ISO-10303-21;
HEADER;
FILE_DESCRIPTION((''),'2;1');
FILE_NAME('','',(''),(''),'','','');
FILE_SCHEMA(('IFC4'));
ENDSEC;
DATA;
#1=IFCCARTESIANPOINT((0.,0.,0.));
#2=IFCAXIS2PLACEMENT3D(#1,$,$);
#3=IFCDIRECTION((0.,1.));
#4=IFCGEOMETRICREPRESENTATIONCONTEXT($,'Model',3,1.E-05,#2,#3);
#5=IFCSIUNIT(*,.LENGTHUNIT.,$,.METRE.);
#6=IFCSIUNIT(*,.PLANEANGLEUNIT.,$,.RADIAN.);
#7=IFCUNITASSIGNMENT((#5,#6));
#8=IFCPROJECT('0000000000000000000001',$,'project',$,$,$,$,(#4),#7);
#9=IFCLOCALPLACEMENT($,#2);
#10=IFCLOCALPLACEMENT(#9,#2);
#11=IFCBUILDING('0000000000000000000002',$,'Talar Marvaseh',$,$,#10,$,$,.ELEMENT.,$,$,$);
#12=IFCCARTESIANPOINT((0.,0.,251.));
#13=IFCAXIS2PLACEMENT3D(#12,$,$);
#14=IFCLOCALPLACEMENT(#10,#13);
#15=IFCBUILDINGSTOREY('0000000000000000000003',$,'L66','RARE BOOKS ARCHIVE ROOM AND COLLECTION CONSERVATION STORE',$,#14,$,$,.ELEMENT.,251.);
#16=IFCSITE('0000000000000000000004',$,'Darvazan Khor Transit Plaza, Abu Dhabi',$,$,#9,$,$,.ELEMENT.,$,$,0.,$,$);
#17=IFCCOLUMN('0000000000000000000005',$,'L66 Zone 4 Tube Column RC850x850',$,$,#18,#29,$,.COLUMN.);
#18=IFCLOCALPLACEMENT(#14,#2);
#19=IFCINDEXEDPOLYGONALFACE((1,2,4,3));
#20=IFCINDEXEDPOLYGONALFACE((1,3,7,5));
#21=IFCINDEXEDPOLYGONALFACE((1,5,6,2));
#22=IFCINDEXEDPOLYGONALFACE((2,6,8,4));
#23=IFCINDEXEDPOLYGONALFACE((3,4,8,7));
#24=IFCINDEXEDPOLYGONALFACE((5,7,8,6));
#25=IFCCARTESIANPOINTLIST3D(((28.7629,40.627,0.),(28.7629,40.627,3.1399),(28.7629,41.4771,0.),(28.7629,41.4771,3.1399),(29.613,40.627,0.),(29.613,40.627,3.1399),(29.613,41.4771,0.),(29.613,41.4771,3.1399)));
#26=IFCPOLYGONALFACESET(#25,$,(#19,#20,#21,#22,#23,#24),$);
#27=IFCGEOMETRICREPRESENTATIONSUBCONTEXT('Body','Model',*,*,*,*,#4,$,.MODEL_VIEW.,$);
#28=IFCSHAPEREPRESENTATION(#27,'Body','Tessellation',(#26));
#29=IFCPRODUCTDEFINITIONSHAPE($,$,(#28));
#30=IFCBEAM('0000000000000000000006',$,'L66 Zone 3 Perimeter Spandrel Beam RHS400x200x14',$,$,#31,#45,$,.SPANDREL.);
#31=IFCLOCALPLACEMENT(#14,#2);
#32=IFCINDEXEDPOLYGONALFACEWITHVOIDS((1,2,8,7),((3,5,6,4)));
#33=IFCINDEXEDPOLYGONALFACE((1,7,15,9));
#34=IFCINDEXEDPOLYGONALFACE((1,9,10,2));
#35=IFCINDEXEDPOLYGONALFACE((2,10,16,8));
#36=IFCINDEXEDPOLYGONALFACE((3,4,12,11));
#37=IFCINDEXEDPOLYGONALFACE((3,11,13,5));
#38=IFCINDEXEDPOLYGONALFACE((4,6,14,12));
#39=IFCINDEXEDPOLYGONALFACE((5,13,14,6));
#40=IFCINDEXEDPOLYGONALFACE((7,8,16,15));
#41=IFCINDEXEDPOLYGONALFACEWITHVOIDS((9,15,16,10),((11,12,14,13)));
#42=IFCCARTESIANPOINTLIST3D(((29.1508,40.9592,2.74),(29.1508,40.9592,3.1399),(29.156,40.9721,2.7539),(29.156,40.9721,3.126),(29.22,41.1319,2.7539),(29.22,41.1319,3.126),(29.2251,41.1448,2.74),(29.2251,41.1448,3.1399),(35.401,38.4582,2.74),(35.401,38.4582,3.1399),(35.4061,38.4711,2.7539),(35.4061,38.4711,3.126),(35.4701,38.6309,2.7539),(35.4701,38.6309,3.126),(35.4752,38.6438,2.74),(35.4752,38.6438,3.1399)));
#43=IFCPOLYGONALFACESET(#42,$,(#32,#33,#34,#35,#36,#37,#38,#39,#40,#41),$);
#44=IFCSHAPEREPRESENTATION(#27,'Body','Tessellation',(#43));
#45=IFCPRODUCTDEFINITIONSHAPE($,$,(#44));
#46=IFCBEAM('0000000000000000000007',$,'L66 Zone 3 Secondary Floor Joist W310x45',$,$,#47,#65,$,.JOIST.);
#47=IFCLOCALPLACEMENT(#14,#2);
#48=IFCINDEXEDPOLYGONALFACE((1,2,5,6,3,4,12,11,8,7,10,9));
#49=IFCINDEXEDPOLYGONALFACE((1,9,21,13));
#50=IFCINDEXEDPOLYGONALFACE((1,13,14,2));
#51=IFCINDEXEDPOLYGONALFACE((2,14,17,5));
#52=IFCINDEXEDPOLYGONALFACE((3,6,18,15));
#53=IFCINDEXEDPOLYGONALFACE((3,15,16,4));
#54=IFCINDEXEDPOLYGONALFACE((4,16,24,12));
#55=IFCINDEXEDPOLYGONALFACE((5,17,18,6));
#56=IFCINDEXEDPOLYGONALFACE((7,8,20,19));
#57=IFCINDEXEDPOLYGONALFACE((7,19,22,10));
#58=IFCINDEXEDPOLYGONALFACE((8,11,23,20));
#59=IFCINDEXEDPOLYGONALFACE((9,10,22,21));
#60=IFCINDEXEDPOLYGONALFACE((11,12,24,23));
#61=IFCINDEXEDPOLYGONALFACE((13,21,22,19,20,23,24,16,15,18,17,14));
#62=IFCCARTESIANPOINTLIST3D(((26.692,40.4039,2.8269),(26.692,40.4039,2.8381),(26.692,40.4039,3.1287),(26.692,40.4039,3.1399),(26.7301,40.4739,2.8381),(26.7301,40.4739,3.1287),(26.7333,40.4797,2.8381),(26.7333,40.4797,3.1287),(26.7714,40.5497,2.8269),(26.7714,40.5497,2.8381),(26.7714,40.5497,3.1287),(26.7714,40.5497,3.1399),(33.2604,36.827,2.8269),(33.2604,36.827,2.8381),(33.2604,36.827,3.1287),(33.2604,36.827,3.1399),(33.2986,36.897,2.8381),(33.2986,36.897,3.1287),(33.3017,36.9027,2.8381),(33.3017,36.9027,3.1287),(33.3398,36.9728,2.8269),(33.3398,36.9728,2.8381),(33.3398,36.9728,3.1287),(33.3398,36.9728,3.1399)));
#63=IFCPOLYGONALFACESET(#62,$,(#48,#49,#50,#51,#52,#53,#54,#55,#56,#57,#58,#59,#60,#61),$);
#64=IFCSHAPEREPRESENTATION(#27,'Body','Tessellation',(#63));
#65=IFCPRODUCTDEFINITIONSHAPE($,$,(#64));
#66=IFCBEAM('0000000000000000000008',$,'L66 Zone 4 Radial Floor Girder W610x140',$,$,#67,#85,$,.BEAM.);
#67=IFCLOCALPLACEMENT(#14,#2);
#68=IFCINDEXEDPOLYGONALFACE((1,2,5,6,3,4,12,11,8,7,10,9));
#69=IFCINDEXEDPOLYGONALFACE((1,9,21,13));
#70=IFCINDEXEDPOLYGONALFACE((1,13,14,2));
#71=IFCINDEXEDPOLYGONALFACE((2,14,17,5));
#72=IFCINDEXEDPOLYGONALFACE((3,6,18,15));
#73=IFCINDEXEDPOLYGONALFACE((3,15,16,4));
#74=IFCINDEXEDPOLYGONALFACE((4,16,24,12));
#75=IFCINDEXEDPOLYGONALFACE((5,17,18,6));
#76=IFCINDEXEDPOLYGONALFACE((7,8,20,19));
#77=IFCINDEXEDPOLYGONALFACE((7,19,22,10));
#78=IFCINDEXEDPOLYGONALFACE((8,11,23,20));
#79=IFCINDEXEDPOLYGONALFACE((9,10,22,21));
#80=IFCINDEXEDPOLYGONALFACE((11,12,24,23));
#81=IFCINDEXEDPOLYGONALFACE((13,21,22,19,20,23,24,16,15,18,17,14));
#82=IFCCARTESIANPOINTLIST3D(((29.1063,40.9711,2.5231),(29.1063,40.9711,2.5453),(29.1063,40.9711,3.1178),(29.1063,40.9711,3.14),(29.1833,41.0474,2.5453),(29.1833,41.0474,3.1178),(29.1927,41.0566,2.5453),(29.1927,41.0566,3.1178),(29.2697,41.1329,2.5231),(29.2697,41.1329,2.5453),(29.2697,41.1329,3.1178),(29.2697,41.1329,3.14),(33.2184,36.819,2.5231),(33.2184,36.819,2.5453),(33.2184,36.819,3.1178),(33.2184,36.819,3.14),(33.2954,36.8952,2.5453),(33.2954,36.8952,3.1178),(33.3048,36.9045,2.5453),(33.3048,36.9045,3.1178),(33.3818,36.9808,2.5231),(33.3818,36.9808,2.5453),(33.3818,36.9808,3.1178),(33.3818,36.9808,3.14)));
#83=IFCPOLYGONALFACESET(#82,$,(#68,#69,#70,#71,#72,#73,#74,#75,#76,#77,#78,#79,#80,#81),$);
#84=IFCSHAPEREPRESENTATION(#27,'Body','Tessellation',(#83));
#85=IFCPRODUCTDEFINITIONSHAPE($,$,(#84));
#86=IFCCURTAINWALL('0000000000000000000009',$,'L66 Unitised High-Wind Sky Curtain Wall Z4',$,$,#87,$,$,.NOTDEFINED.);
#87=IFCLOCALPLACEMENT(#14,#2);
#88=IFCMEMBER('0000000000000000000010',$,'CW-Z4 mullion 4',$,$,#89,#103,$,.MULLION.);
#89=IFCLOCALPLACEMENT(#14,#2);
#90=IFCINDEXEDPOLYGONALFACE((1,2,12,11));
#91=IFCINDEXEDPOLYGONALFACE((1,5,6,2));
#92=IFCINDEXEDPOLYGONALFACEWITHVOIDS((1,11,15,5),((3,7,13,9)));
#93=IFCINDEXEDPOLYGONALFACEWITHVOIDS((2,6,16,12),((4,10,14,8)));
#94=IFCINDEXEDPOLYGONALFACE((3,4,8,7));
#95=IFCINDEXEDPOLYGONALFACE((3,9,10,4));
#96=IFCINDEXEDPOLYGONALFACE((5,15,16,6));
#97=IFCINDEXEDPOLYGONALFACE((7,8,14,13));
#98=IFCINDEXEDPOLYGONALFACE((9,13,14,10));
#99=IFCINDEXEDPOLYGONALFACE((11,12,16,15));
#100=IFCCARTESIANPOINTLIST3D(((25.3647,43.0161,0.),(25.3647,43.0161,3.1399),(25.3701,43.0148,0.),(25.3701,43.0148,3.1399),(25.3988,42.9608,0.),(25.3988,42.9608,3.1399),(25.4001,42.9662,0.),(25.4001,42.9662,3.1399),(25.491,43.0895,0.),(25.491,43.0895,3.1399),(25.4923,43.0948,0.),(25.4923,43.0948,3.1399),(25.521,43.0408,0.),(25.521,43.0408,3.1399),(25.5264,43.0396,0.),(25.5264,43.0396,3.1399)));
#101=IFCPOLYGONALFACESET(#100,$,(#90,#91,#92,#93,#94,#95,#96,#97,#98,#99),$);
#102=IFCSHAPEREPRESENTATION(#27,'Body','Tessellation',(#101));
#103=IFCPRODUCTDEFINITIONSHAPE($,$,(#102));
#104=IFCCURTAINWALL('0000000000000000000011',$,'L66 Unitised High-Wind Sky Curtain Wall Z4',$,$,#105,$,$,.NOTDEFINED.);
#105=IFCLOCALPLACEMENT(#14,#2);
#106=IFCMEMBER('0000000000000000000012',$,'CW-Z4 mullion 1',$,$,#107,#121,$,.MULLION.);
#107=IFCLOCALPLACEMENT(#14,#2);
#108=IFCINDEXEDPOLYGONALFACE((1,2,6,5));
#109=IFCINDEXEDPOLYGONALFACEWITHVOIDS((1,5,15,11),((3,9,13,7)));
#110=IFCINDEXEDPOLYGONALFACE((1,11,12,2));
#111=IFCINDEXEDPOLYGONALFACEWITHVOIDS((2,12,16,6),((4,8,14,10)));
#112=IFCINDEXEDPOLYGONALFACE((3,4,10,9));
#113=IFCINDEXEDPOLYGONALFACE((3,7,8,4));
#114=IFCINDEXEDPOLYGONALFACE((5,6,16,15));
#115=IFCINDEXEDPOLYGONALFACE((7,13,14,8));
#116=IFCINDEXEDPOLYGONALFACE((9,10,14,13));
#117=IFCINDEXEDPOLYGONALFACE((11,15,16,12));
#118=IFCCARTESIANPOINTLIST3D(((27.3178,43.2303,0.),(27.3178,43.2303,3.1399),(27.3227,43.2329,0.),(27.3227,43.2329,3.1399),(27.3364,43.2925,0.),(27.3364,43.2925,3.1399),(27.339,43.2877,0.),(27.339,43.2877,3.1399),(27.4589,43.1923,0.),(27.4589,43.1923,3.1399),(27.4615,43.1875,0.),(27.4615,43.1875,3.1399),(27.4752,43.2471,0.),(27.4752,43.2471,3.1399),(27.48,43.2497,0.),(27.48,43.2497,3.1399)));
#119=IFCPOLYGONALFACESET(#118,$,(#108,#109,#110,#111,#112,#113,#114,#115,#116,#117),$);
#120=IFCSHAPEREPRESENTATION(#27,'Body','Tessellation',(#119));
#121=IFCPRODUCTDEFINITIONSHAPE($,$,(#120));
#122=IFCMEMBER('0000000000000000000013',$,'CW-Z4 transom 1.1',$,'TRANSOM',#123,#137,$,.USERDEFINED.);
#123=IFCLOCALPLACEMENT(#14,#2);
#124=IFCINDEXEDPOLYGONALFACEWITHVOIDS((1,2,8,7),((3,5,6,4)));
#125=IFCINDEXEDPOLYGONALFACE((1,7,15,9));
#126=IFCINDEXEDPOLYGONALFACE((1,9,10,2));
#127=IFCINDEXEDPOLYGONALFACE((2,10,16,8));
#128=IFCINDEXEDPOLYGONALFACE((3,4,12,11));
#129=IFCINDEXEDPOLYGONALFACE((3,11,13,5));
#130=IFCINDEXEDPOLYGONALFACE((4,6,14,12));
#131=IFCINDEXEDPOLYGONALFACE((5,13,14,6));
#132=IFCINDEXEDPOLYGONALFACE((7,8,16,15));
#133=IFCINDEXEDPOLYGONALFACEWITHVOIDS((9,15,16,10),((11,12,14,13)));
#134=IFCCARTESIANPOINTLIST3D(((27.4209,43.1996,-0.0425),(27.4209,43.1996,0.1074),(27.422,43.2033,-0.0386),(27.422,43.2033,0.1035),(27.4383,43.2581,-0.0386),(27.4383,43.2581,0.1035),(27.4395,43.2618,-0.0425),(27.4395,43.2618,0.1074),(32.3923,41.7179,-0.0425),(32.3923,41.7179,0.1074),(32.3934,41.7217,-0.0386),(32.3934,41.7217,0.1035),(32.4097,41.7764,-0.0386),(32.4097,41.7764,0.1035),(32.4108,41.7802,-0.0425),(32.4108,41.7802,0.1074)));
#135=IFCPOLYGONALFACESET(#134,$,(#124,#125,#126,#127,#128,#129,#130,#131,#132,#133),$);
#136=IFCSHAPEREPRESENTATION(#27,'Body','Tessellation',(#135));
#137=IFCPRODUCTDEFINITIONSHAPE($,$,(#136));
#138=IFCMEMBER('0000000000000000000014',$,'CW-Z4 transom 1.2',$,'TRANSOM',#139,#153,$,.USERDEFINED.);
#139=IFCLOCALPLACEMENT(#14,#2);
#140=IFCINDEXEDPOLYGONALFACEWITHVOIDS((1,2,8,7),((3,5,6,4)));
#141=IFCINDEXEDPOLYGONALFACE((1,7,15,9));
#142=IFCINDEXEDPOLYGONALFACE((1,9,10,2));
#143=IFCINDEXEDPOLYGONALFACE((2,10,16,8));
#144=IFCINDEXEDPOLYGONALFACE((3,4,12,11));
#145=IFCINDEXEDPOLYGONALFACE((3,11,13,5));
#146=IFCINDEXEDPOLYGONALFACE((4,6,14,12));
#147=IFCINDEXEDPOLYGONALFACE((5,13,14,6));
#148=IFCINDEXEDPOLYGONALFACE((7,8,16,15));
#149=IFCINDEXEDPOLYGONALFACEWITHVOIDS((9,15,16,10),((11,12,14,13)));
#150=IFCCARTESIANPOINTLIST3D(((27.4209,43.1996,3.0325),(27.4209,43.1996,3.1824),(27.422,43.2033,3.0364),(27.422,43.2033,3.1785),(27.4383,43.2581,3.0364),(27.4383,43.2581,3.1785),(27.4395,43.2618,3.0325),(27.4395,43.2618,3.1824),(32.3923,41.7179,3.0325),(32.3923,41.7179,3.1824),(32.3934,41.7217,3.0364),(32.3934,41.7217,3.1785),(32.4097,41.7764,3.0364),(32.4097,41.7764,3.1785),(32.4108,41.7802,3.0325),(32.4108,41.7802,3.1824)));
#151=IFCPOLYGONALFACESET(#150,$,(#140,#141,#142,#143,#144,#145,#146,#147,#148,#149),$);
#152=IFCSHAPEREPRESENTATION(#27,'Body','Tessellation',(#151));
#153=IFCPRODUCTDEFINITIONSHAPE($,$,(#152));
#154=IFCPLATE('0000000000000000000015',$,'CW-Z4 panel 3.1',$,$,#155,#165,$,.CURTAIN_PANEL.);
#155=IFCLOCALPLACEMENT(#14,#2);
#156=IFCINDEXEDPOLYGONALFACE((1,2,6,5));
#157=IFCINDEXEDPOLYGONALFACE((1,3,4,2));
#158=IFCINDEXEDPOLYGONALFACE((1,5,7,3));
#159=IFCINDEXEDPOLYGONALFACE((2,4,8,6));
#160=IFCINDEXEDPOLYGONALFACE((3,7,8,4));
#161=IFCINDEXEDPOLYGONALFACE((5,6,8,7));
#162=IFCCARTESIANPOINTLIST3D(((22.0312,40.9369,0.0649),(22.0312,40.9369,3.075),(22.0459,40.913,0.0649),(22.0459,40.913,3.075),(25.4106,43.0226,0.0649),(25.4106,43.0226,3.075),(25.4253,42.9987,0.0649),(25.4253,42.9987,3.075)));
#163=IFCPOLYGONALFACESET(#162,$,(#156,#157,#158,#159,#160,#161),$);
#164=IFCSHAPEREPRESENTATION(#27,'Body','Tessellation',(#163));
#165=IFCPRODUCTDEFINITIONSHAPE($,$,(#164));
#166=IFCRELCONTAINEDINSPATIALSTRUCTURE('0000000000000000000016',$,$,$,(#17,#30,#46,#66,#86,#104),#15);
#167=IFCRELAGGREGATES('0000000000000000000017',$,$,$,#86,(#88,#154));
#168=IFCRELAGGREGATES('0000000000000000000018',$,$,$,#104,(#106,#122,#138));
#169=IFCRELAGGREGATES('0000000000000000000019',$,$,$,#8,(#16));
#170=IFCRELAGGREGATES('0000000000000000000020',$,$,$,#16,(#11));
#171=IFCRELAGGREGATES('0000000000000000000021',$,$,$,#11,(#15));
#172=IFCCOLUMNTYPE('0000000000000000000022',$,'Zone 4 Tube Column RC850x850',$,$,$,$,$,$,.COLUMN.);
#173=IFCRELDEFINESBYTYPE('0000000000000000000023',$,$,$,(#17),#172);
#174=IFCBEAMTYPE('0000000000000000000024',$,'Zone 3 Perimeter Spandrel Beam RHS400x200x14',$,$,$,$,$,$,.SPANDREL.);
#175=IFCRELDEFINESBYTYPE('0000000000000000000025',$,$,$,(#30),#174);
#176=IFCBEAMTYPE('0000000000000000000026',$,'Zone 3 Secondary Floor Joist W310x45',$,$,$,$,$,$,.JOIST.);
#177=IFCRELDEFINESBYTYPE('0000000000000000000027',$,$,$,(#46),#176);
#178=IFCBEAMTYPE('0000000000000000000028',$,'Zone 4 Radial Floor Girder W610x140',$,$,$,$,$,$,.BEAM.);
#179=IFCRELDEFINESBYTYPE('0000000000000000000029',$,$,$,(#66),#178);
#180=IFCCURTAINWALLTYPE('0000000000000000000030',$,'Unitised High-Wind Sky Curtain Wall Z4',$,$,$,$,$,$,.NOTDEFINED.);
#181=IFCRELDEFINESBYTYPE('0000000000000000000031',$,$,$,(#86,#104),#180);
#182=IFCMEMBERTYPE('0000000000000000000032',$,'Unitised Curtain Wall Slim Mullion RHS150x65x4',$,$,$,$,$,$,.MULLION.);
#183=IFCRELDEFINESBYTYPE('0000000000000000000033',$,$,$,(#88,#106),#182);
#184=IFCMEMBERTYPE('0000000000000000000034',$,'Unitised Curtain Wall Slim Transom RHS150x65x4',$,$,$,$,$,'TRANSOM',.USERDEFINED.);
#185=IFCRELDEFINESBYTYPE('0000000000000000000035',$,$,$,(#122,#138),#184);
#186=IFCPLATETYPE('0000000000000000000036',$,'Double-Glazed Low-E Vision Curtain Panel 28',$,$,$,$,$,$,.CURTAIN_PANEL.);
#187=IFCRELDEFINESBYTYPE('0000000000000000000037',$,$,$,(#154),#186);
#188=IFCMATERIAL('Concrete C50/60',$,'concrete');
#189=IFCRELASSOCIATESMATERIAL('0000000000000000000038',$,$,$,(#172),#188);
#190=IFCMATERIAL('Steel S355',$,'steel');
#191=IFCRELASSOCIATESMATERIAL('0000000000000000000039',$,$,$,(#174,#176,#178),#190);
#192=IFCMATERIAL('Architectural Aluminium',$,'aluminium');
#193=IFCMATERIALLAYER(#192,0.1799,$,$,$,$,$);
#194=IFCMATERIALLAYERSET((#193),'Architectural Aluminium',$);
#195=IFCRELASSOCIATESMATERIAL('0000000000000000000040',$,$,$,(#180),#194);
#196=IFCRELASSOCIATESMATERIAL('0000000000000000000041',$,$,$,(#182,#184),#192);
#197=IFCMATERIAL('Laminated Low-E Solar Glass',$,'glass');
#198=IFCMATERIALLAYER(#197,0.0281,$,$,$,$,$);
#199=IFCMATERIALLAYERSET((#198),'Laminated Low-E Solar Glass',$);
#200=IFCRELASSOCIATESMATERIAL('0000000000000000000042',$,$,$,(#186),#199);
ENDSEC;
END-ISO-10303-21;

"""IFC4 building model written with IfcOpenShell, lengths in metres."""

from ifc_helpers import new_model, si_unit, direction, frame, origin, origin_2d, place, context, subcontext, project, spatial, rectangle, hollow_rectangle, i_section, extrude, source, transform, mapped, material, layer, layer_set, material_profile, profile_set, type_object, type_shapes, element, aggregate, save


model = new_model("IFC4")

# Units and contexts
model_context = context("Model", 3, precision=1e-05, world=origin(), true_north=direction((0.0, 1.0)))
body_context = subcontext(model_context, "Body", "Model", "MODEL_VIEW")
ifc_project = project(units=[si_unit("LENGTHUNIT", "METRE"), si_unit("PLANEANGLEUNIT", "RADIAN")], contexts=[model_context])

# Site, building, storey
site_placement = place(None, origin())
site = spatial("IfcSite", under=ifc_project, at=site_placement, Name="Darvazan Khor Transit Plaza, Abu Dhabi", CompositionType="ELEMENT", RefElevation=0.0)
building_placement = place(site_placement, origin())
building = spatial("IfcBuilding", under=site, at=building_placement, Name="Talar Marvaseh", CompositionType="ELEMENT")
storey_placement = place(building_placement, frame((0.0, 0.0, 251.0)))
storey = spatial("IfcBuildingStorey", under=building, at=storey_placement, Name="L66", Description="RARE BOOKS ARCHIVE ROOM AND COLLECTION CONSERVATION STORE", CompositionType="ELEMENT", Elevation=251.0)

# Column
ifc_material_1 = material(Name="Concrete C50/60", Category="concrete")
ifc_material_profile_1 = material_profile(ifc_material_1, rectangle(XDim=0.8501, YDim=0.8501, at=origin_2d()), Name="RC850x850")
ifc_profile_set_1 = profile_set([ifc_material_profile_1], Name="Concrete C50/60")
column_type = type_object("IfcColumnType", Name="Zone 4 Tube Column RC850x850", PredefinedType="COLUMN", material=ifc_profile_set_1)
column_placement = place(storey_placement, frame((29.188, 41.052, 0.0), z_axis=(0.0, 0.0, 1.0), x_axis=(1.0, 0.0, 0.0)))
element("IfcColumn", 1, at=column_placement, inside=storey, type_object=column_type, Name="L66 Zone 4 Tube Column RC850x850", PredefinedType="COLUMN", context=body_context, shape_type="SweptSolid", body=[
    extrude(rectangle(XDim=0.8501, YDim=0.8501, at=origin_2d()), origin(), (0.0, 0.0, 1.0), 3.1399),
])

# Beams
ifc_material_2 = material(Name="Steel S355", Category="steel")
ifc_material_profile_2 = material_profile(ifc_material_2, hollow_rectangle(XDim=0.2, YDim=0.3999, WallThickness=0.0139, at=origin_2d()), Name="RHS400x200x14")
ifc_profile_set_2 = profile_set([ifc_material_profile_2], Name="Steel S355")
beam_type_1 = type_object("IfcBeamType", Name="Zone 3 Perimeter Spandrel Beam RHS400x200x14", PredefinedType="SPANDREL", material=ifc_profile_set_2)
beam_1_placement = place(storey_placement, frame((29.188, 41.052, 2.9399), z_axis=(0.928427, -0.371516, 0.0), x_axis=(0.371516, 0.928427, 0.0)))
element("IfcBeam", 2, at=beam_1_placement, inside=storey, type_object=beam_type_1, Name="L66 Zone 3 Perimeter Spandrel Beam RHS400x200x14", PredefinedType="SPANDREL", context=body_context, shape_type="SweptSolid", body=[
    extrude(hollow_rectangle(XDim=0.2, YDim=0.3999, WallThickness=0.0139, at=origin_2d()), origin(), (0.0, 0.0, 1.0), 6.7319),
])
ifc_material_profile_3 = material_profile(ifc_material_2, i_section(OverallWidth=0.166, OverallDepth=0.313, WebThickness=0.0066, FlangeThickness=0.0112, at=origin_2d()), Name="W310x45")
ifc_profile_set_3 = profile_set([ifc_material_profile_3], Name="Steel S355")
beam_type_2 = type_object("IfcBeamType", Name="Zone 3 Secondary Floor Joist W310x45", PredefinedType="JOIST", material=ifc_profile_set_3)
beam_2_placement = place(storey_placement, frame((26.7317, 40.4768, 2.9834), z_axis=(0.878223, -0.478251, 0.0), x_axis=(0.478251, 0.878223, 0.0)))
element("IfcBeam", 3, at=beam_2_placement, inside=storey, type_object=beam_type_2, Name="L66 Zone 3 Secondary Floor Joist W310x45", PredefinedType="JOIST", context=body_context, shape_type="SweptSolid", body=[
    extrude(i_section(OverallWidth=0.166, OverallDepth=0.313, WebThickness=0.0066, FlangeThickness=0.0112, at=origin_2d()), origin(), (0.0, 0.0, 1.0), 7.4792),
])
ifc_material_profile_4 = material_profile(ifc_material_2, i_section(OverallWidth=0.23, OverallDepth=0.6169, WebThickness=0.0132, FlangeThickness=0.0222, at=origin_2d()), Name="W610x140")
ifc_profile_set_4 = profile_set([ifc_material_profile_4], Name="Steel S355")
beam_type_3 = type_object("IfcBeamType", Name="Zone 4 Radial Floor Girder W610x140", PredefinedType="BEAM", material=ifc_profile_set_4)
beam_3_placement = place(storey_placement, frame((29.188, 41.052, 2.8315), z_axis=(0.703673, -0.710524, 0.0), x_axis=(0.710524, 0.703673, 0.0)))
element("IfcBeam", 4, at=beam_3_placement, inside=storey, type_object=beam_type_3, Name="L66 Zone 4 Radial Floor Girder W610x140", PredefinedType="BEAM", context=body_context, shape_type="SweptSolid", body=[
    extrude(i_section(OverallWidth=0.23, OverallDepth=0.6169, WebThickness=0.0132, FlangeThickness=0.0222, at=origin_2d()), origin(), (0.0, 0.0, 1.0), 5.8438),
])

# Curtain wall, member
ifc_material_3 = material(Name="Architectural Aluminium", Category="aluminium")
ifc_layer_1 = layer(ifc_material_3, 0.1799)
ifc_layer_set_1 = layer_set([ifc_layer_1], Name="Architectural Aluminium")
curtain_wall_type = type_object("IfcCurtainWallType", Name="Unitised High-Wind Sky Curtain Wall Z4", PredefinedType="NOTDEFINED", material=ifc_layer_set_1)
curtain_wall_1_placement = place(storey_placement, origin())
curtain_wall_1 = element("IfcCurtainWall", 5, at=curtain_wall_1_placement, inside=storey, type_object=curtain_wall_type, Name="L66 Unitised High-Wind Sky Curtain Wall Z4", PredefinedType="NOTDEFINED")
ifc_material_profile_5 = material_profile(ifc_material_3, hollow_rectangle(XDim=0.0649, YDim=0.1499, WallThickness=0.0039, at=origin_2d()), Name="RHS150x65x4")
ifc_profile_set_5 = profile_set([ifc_material_profile_5], Name="Architectural Aluminium")
member_type_1 = type_object("IfcMemberType", Name="Unitised Curtain Wall Slim Mullion RHS150x65x4", PredefinedType="MULLION", material=ifc_profile_set_5)
shared_shape_1 = source(origin(), body_context, "Body", "SweptSolid", [
    extrude(hollow_rectangle(XDim=0.0649, YDim=0.1499, WallThickness=0.0039, at=origin_2d()), origin(), (0.0, 0.0, 1.0), 3.1399),
])
type_shapes(member_type_1, [shared_shape_1])
member_1_placement = place(storey_placement, frame((25.4456, 43.0278, 0.0), z_axis=(0.0, 0.0, 1.0), x_axis=(-0.525202, 0.850977, 0.0)))
member_1 = element("IfcMember", 6, at=member_1_placement, type_object=member_type_1, Name="CW-Z4 mullion 4", PredefinedType="MULLION", context=body_context, shape_type="MappedRepresentation", body=[
    mapped(shared_shape_1, transform((0.0, 0.0, 0.0), x_axis=(1.0, 0.0, 0.0), y_axis=(0.0, 1.0, 0.0), z_axis=(0.0, 0.0, 1.0), scale=1.0)),
])

# Curtain wall, members
curtain_wall_2_placement = place(storey_placement, origin())
curtain_wall_2 = element("IfcCurtainWall", 7, at=curtain_wall_2_placement, inside=storey, type_object=curtain_wall_type, Name="L66 Unitised High-Wind Sky Curtain Wall Z4", PredefinedType="NOTDEFINED")
member_2_placement = place(storey_placement, frame((27.3989, 43.24, 0.0), z_axis=(0.0, 0.0, 1.0), x_axis=(0.285622, 0.958342, 0.0)))
member_2 = element("IfcMember", 8, at=member_2_placement, type_object=member_type_1, Name="CW-Z4 mullion 1", PredefinedType="MULLION", context=body_context, shape_type="MappedRepresentation", body=[
    mapped(shared_shape_1, transform((0.0, 0.0, 0.0), x_axis=(1.0, 0.0, 0.0), y_axis=(0.0, 1.0, 0.0), z_axis=(0.0, 0.0, 1.0), scale=1.0)),
])
ifc_material_profile_6 = material_profile(ifc_material_3, hollow_rectangle(XDim=0.0649, YDim=0.1499, WallThickness=0.0039, at=origin_2d()), Name="RHS150x65x4")
ifc_profile_set_6 = profile_set([ifc_material_profile_6], Name="Architectural Aluminium")
member_type_2 = type_object("IfcMemberType", Name="Unitised Curtain Wall Slim Transom RHS150x65x4", ElementType="TRANSOM", PredefinedType="USERDEFINED", material=ifc_profile_set_6)
shared_shape_2 = source(origin(), body_context, "Body", "SweptSolid", [
    extrude(hollow_rectangle(XDim=0.0649, YDim=0.1499, WallThickness=0.0039, at=origin_2d()), origin(), (0.0, 0.0, 1.0), 5.1875),
])
type_shapes(member_type_2, [shared_shape_2])
member_3_placement = place(storey_placement, frame((27.4302, 43.2307, 0.0325), z_axis=(0.958342, -0.285625, 0.0), x_axis=(0.285625, 0.958342, 0.0)))
member_3 = element("IfcMember", 9, at=member_3_placement, type_object=member_type_2, Name="CW-Z4 transom 1.1", ObjectType="TRANSOM", PredefinedType="USERDEFINED", context=body_context, shape_type="MappedRepresentation", body=[
    mapped(shared_shape_2, transform((0.0, 0.0, 0.0), x_axis=(1.0, 0.0, 0.0), y_axis=(0.0, 1.0, 0.0), z_axis=(0.0, 0.0, 1.0), scale=1.0)),
])
member_4_placement = place(storey_placement, frame((27.4302, 43.2307, 3.1074), z_axis=(0.958342, -0.285625, 0.0), x_axis=(0.285625, 0.958342, 0.0)))
member_4 = element("IfcMember", 10, at=member_4_placement, type_object=member_type_2, Name="CW-Z4 transom 1.2", ObjectType="TRANSOM", PredefinedType="USERDEFINED", context=body_context, shape_type="MappedRepresentation", body=[
    mapped(shared_shape_2, transform((0.0, 0.0, 0.0), x_axis=(1.0, 0.0, 0.0), y_axis=(0.0, 1.0, 0.0), z_axis=(0.0, 0.0, 1.0), scale=1.0)),
])

# Plate
ifc_material_4 = material(Name="Laminated Low-E Solar Glass", Category="glass")
ifc_layer_2 = layer(ifc_material_4, 0.0281)
ifc_layer_set_2 = layer_set([ifc_layer_2], Name="Laminated Low-E Solar Glass")
plate_type = type_object("IfcPlateType", Name="Double-Glazed Low-E Vision Curtain Panel 28", PredefinedType="CURTAIN_PANEL", material=ifc_layer_set_2)
shared_shape_3 = source(origin(), body_context, "Body", "SweptSolid", [
    extrude(rectangle(XDim=3.9712, YDim=0.0281, at=origin_2d()), origin(), (0.0, 0.0, 1.0), 3.01),
])
plate_1_placement = place(storey_placement, frame((23.7283, 41.9678, 0.0649), z_axis=(0.0, 0.0, 1.0), x_axis=(0.850977, 0.525202, 0.0)))
plate_1 = element("IfcPlate", 11, at=plate_1_placement, type_object=plate_type, Name="CW-Z4 panel 3.1", PredefinedType="CURTAIN_PANEL", context=body_context, shape_type="MappedRepresentation", body=[
    mapped(shared_shape_3, transform((0.0, 0.0, 0.0), x_axis=(1.0, 0.0, 0.0), y_axis=(0.0, 1.0, 0.0), z_axis=(0.0, 0.0, 1.0), scale=1.0)),
])
aggregate(curtain_wall_1, [member_1, plate_1])
aggregate(curtain_wall_2, [member_2, member_3, member_4])

save(model, "model.ifc")
